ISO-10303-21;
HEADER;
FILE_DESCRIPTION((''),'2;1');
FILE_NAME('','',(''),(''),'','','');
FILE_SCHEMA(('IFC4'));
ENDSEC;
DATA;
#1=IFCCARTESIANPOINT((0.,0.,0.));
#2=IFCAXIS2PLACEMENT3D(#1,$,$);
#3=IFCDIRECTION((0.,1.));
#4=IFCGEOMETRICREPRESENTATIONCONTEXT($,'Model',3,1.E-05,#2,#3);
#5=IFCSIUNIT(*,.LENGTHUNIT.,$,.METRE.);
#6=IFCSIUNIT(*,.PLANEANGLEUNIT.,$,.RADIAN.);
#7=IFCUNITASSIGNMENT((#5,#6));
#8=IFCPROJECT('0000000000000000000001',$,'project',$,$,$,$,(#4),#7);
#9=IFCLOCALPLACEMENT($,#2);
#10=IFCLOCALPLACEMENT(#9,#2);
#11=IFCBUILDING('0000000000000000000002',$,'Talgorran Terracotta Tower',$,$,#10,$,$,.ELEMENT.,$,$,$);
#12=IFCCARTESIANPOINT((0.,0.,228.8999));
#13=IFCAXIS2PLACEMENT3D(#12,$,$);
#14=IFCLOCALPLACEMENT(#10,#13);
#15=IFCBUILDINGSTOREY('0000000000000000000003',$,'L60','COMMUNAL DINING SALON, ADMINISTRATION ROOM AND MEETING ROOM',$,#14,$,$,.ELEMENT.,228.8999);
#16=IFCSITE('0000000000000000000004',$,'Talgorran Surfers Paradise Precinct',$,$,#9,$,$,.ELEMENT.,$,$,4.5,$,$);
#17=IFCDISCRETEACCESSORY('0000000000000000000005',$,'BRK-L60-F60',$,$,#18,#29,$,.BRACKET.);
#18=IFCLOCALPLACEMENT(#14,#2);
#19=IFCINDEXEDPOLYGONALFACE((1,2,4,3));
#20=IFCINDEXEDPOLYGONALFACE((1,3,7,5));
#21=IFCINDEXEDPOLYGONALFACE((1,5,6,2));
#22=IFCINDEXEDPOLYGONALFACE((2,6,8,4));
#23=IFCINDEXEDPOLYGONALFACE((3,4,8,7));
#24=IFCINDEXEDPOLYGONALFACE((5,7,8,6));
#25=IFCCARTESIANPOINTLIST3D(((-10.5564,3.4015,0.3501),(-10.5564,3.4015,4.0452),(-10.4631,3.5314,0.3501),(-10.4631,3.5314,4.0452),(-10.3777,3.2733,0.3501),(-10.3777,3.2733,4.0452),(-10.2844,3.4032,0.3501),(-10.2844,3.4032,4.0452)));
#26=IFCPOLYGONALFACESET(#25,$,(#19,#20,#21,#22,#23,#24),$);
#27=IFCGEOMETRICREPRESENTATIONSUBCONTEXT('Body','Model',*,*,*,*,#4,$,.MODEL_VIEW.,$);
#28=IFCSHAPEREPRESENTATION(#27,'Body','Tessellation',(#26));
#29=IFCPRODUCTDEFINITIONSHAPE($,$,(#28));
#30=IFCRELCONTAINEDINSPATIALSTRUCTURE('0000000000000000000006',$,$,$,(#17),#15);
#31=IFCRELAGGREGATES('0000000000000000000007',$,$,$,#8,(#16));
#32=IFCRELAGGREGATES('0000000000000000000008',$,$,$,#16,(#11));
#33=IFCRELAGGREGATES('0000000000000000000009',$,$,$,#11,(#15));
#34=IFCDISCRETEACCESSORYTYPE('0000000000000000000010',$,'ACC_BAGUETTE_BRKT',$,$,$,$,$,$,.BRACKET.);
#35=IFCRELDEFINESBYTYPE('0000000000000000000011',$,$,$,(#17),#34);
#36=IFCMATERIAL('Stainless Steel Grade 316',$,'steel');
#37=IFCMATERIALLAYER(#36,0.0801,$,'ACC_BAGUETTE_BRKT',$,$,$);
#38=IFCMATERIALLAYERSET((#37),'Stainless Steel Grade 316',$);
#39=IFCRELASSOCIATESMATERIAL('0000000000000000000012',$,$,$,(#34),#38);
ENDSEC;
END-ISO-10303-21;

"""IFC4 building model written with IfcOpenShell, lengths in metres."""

from ifc_helpers import new_model, si_unit, direction, frame, origin, origin_2d, place, context, subcontext, project, spatial, rectangle, extrude, source, transform, mapped, material, layer, layer_set, type_object, type_shapes, element, save


model = new_model("IFC4")

# Units and contexts
model_context = context("Model", 3, precision=1e-05, world=origin(), true_north=direction((0.0, 1.0)))
body_context = subcontext(model_context, "Body", "Model", "MODEL_VIEW")
ifc_project = project(units=[si_unit("LENGTHUNIT", "METRE"), si_unit("PLANEANGLEUNIT", "RADIAN")], contexts=[model_context])

# Site, building, storey
site_placement = place(None, origin())
site = spatial("IfcSite", under=ifc_project, at=site_placement, Name="Talgorran Surfers Paradise Precinct", CompositionType="ELEMENT", RefElevation=4.5)
building_placement = place(site_placement, origin())
building = spatial("IfcBuilding", under=site, at=building_placement, Name="Talgorran Terracotta Tower", CompositionType="ELEMENT")
storey_placement = place(building_placement, frame((0.0, 0.0, 228.8999)))
storey = spatial("IfcBuildingStorey", under=building, at=storey_placement, Name="L60", Description="COMMUNAL DINING SALON, ADMINISTRATION ROOM AND MEETING ROOM", CompositionType="ELEMENT", Elevation=228.8999)

# Discrete accessory
ifc_material_1 = material(Name="Stainless Steel Grade 316", Category="steel")
ifc_layer_1 = layer(ifc_material_1, 0.0801, Name="ACC_BAGUETTE_BRKT")
ifc_layer_set_1 = layer_set([ifc_layer_1], Name="Stainless Steel Grade 316")
discrete_accessory_type = type_object("IfcDiscreteAccessoryType", Name="ACC_BAGUETTE_BRKT", PredefinedType="BRACKET", material=ifc_layer_set_1)
shared_shape_1 = source(origin(), body_context, "Body", "SweptSolid", [
    extrude(rectangle(XDim=0.1599, YDim=0.22, at=origin_2d()), origin(), (0.0, 0.0, 1.0), 3.6951),
])
type_shapes(discrete_accessory_type, [shared_shape_1])
discrete_accessory_placement = place(storey_placement, frame((-10.4204, 3.4023, 0.3501), z_axis=(0.0, 0.0, 1.0), x_axis=(-0.583116, -0.812389, 0.0)))
element("IfcDiscreteAccessory", 1, at=discrete_accessory_placement, inside=storey, type_object=discrete_accessory_type, Name="BRK-L60-F60", PredefinedType="BRACKET", context=body_context, shape_type="MappedRepresentation", body=[
    mapped(shared_shape_1, transform((0.0, 0.0, 0.0), scale=1.0)),
])

save(model, "model.ifc")
